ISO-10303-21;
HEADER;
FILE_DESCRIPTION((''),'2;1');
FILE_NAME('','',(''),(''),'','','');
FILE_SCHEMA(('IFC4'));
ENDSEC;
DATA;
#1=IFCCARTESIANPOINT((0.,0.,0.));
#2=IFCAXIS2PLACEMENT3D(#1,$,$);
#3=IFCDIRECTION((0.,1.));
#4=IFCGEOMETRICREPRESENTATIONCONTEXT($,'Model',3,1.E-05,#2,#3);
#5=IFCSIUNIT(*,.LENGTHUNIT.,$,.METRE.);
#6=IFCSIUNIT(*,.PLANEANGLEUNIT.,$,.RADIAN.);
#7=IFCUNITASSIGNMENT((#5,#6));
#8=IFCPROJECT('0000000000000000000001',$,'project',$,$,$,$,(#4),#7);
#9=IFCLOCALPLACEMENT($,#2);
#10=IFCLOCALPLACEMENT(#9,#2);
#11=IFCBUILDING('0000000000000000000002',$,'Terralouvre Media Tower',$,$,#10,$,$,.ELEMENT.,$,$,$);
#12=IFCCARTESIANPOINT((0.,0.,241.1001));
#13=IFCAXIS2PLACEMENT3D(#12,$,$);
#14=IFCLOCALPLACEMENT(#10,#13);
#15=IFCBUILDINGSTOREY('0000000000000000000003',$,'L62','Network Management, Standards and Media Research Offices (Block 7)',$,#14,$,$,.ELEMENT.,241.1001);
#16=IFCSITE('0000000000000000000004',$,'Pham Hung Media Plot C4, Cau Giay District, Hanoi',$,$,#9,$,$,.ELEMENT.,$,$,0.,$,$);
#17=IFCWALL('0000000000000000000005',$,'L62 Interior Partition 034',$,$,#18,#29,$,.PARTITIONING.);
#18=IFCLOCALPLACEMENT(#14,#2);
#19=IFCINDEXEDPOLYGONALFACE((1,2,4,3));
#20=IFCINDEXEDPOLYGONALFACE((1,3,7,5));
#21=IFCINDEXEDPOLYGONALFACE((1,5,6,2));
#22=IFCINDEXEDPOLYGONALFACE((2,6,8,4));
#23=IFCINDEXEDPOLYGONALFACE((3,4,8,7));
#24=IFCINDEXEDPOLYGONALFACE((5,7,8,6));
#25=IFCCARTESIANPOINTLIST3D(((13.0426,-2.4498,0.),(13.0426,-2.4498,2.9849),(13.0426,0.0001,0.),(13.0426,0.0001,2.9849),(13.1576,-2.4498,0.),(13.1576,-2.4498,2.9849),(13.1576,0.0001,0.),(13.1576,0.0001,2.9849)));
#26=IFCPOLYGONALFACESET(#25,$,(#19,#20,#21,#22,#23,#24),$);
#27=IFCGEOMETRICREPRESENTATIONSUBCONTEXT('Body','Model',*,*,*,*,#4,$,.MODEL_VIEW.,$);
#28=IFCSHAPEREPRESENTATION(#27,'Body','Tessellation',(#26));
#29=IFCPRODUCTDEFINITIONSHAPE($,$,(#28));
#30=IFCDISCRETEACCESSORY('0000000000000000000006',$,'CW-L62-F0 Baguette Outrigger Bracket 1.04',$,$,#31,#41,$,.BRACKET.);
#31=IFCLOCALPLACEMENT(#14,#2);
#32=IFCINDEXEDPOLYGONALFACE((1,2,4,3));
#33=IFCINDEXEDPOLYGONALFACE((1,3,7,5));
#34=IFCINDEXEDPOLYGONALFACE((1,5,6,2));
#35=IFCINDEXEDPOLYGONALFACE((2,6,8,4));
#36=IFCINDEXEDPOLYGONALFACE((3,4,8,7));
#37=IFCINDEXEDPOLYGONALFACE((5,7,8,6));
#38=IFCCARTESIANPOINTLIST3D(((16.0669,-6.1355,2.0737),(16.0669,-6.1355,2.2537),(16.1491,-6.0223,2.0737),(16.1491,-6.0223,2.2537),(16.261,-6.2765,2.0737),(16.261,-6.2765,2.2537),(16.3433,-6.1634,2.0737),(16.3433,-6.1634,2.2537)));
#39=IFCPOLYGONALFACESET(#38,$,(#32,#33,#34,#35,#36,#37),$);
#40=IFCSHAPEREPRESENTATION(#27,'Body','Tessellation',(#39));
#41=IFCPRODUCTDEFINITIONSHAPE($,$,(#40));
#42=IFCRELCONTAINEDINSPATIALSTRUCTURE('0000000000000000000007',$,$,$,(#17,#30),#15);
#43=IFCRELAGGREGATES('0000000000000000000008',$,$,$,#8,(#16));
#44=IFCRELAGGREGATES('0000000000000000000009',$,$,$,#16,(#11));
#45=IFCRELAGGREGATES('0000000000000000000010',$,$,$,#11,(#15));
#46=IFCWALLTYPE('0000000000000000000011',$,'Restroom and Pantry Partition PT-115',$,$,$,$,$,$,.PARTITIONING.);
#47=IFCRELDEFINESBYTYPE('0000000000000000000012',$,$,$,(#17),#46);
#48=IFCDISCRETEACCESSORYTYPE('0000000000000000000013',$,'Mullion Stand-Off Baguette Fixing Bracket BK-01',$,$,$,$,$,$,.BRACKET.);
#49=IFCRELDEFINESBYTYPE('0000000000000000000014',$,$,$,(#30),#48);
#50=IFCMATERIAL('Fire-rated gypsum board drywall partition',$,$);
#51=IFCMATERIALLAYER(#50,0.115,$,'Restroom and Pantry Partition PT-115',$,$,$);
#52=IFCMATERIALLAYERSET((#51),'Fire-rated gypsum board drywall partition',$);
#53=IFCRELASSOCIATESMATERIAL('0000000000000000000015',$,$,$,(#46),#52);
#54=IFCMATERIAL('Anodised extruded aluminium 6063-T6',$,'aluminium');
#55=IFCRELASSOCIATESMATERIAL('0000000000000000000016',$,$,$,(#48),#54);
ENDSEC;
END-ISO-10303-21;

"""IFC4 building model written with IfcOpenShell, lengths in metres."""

from ifc_helpers import new_model, si_unit, direction, frame, frame_2d, origin, origin_2d, place, context, subcontext, project, spatial, rectangle, extrude, material, layer, layer_set, type_object, element, save


model = new_model("IFC4")

# Units and contexts
model_context = context("Model", 3, precision=1e-05, world=origin(), true_north=direction((0.0, 1.0)))
body_context = subcontext(model_context, "Body", "Model", "MODEL_VIEW")
ifc_project = project(units=[si_unit("LENGTHUNIT", "METRE"), si_unit("PLANEANGLEUNIT", "RADIAN")], contexts=[model_context])

# Site, building, storey
site_placement = place(None, origin())
site = spatial("IfcSite", under=ifc_project, at=site_placement, Name="Pham Hung Media Plot C4, Cau Giay District, Hanoi", CompositionType="ELEMENT", RefElevation=0.0)
building_placement = place(site_placement, origin())
building = spatial("IfcBuilding", under=site, at=building_placement, Name="Terralouvre Media Tower", CompositionType="ELEMENT")
storey_placement = place(building_placement, frame((0.0, 0.0, 241.1001)))
storey = spatial("IfcBuildingStorey", under=building, at=storey_placement, Name="L62", Description="Network Management, Standards and Media Research Offices (Block 7)", CompositionType="ELEMENT", Elevation=241.1001)

# Shared definitions
ifc_material_1 = material(Name="Fire-rated gypsum board drywall partition")
ifc_layer_1 = layer(ifc_material_1, 0.115, Name="Restroom and Pantry Partition PT-115")
ifc_layer_set_1 = layer_set([ifc_layer_1], Name="Fire-rated gypsum board drywall partition")
wall_type = type_object("IfcWallType", Name="Restroom and Pantry Partition PT-115", PredefinedType="PARTITIONING", material=ifc_layer_set_1)

# Wall
wall_1_placement = place(storey_placement, frame((13.1001, -2.45, 0.0), z_axis=(0.0, 0.0, 1.0), x_axis=(0.0, 1.0, 0.0)))
element("IfcWall", 1, at=wall_1_placement, inside=storey, type_object=wall_type, Name="L62 Interior Partition 034", PredefinedType="PARTITIONING", context=body_context, shape_type="SweptSolid", body=[
    extrude(rectangle(XDim=2.45, YDim=0.115, at=frame_2d((1.2251, 0.0))), origin(), (0.0, 0.0, 1.0), 2.9849),
])

# Discrete accessory
ifc_material_2 = material(Name="Anodised extruded aluminium 6063-T6", Category="aluminium")
discrete_accessory_type = type_object("IfcDiscreteAccessoryType", Name="Mullion Stand-Off Baguette Fixing Bracket BK-01", PredefinedType="BRACKET", material=ifc_material_2)
discrete_accessory_placement = place(storey_placement, frame((16.2051, -6.1494, 2.0737), z_axis=(0.0, 0.0, 1.0), x_axis=(0.587785, 0.809017, 0.0)))
element("IfcDiscreteAccessory", 2, at=discrete_accessory_placement, inside=storey, type_object=discrete_accessory_type, Name="CW-L62-F0 Baguette Outrigger Bracket 1.04", PredefinedType="BRACKET", context=body_context, shape_type="SweptSolid", body=[
    extrude(rectangle(XDim=0.1399, YDim=0.24, at=origin_2d()), origin(), (0.0, 0.0, 1.0), 0.1799),
])

save(model, "model.ifc")
